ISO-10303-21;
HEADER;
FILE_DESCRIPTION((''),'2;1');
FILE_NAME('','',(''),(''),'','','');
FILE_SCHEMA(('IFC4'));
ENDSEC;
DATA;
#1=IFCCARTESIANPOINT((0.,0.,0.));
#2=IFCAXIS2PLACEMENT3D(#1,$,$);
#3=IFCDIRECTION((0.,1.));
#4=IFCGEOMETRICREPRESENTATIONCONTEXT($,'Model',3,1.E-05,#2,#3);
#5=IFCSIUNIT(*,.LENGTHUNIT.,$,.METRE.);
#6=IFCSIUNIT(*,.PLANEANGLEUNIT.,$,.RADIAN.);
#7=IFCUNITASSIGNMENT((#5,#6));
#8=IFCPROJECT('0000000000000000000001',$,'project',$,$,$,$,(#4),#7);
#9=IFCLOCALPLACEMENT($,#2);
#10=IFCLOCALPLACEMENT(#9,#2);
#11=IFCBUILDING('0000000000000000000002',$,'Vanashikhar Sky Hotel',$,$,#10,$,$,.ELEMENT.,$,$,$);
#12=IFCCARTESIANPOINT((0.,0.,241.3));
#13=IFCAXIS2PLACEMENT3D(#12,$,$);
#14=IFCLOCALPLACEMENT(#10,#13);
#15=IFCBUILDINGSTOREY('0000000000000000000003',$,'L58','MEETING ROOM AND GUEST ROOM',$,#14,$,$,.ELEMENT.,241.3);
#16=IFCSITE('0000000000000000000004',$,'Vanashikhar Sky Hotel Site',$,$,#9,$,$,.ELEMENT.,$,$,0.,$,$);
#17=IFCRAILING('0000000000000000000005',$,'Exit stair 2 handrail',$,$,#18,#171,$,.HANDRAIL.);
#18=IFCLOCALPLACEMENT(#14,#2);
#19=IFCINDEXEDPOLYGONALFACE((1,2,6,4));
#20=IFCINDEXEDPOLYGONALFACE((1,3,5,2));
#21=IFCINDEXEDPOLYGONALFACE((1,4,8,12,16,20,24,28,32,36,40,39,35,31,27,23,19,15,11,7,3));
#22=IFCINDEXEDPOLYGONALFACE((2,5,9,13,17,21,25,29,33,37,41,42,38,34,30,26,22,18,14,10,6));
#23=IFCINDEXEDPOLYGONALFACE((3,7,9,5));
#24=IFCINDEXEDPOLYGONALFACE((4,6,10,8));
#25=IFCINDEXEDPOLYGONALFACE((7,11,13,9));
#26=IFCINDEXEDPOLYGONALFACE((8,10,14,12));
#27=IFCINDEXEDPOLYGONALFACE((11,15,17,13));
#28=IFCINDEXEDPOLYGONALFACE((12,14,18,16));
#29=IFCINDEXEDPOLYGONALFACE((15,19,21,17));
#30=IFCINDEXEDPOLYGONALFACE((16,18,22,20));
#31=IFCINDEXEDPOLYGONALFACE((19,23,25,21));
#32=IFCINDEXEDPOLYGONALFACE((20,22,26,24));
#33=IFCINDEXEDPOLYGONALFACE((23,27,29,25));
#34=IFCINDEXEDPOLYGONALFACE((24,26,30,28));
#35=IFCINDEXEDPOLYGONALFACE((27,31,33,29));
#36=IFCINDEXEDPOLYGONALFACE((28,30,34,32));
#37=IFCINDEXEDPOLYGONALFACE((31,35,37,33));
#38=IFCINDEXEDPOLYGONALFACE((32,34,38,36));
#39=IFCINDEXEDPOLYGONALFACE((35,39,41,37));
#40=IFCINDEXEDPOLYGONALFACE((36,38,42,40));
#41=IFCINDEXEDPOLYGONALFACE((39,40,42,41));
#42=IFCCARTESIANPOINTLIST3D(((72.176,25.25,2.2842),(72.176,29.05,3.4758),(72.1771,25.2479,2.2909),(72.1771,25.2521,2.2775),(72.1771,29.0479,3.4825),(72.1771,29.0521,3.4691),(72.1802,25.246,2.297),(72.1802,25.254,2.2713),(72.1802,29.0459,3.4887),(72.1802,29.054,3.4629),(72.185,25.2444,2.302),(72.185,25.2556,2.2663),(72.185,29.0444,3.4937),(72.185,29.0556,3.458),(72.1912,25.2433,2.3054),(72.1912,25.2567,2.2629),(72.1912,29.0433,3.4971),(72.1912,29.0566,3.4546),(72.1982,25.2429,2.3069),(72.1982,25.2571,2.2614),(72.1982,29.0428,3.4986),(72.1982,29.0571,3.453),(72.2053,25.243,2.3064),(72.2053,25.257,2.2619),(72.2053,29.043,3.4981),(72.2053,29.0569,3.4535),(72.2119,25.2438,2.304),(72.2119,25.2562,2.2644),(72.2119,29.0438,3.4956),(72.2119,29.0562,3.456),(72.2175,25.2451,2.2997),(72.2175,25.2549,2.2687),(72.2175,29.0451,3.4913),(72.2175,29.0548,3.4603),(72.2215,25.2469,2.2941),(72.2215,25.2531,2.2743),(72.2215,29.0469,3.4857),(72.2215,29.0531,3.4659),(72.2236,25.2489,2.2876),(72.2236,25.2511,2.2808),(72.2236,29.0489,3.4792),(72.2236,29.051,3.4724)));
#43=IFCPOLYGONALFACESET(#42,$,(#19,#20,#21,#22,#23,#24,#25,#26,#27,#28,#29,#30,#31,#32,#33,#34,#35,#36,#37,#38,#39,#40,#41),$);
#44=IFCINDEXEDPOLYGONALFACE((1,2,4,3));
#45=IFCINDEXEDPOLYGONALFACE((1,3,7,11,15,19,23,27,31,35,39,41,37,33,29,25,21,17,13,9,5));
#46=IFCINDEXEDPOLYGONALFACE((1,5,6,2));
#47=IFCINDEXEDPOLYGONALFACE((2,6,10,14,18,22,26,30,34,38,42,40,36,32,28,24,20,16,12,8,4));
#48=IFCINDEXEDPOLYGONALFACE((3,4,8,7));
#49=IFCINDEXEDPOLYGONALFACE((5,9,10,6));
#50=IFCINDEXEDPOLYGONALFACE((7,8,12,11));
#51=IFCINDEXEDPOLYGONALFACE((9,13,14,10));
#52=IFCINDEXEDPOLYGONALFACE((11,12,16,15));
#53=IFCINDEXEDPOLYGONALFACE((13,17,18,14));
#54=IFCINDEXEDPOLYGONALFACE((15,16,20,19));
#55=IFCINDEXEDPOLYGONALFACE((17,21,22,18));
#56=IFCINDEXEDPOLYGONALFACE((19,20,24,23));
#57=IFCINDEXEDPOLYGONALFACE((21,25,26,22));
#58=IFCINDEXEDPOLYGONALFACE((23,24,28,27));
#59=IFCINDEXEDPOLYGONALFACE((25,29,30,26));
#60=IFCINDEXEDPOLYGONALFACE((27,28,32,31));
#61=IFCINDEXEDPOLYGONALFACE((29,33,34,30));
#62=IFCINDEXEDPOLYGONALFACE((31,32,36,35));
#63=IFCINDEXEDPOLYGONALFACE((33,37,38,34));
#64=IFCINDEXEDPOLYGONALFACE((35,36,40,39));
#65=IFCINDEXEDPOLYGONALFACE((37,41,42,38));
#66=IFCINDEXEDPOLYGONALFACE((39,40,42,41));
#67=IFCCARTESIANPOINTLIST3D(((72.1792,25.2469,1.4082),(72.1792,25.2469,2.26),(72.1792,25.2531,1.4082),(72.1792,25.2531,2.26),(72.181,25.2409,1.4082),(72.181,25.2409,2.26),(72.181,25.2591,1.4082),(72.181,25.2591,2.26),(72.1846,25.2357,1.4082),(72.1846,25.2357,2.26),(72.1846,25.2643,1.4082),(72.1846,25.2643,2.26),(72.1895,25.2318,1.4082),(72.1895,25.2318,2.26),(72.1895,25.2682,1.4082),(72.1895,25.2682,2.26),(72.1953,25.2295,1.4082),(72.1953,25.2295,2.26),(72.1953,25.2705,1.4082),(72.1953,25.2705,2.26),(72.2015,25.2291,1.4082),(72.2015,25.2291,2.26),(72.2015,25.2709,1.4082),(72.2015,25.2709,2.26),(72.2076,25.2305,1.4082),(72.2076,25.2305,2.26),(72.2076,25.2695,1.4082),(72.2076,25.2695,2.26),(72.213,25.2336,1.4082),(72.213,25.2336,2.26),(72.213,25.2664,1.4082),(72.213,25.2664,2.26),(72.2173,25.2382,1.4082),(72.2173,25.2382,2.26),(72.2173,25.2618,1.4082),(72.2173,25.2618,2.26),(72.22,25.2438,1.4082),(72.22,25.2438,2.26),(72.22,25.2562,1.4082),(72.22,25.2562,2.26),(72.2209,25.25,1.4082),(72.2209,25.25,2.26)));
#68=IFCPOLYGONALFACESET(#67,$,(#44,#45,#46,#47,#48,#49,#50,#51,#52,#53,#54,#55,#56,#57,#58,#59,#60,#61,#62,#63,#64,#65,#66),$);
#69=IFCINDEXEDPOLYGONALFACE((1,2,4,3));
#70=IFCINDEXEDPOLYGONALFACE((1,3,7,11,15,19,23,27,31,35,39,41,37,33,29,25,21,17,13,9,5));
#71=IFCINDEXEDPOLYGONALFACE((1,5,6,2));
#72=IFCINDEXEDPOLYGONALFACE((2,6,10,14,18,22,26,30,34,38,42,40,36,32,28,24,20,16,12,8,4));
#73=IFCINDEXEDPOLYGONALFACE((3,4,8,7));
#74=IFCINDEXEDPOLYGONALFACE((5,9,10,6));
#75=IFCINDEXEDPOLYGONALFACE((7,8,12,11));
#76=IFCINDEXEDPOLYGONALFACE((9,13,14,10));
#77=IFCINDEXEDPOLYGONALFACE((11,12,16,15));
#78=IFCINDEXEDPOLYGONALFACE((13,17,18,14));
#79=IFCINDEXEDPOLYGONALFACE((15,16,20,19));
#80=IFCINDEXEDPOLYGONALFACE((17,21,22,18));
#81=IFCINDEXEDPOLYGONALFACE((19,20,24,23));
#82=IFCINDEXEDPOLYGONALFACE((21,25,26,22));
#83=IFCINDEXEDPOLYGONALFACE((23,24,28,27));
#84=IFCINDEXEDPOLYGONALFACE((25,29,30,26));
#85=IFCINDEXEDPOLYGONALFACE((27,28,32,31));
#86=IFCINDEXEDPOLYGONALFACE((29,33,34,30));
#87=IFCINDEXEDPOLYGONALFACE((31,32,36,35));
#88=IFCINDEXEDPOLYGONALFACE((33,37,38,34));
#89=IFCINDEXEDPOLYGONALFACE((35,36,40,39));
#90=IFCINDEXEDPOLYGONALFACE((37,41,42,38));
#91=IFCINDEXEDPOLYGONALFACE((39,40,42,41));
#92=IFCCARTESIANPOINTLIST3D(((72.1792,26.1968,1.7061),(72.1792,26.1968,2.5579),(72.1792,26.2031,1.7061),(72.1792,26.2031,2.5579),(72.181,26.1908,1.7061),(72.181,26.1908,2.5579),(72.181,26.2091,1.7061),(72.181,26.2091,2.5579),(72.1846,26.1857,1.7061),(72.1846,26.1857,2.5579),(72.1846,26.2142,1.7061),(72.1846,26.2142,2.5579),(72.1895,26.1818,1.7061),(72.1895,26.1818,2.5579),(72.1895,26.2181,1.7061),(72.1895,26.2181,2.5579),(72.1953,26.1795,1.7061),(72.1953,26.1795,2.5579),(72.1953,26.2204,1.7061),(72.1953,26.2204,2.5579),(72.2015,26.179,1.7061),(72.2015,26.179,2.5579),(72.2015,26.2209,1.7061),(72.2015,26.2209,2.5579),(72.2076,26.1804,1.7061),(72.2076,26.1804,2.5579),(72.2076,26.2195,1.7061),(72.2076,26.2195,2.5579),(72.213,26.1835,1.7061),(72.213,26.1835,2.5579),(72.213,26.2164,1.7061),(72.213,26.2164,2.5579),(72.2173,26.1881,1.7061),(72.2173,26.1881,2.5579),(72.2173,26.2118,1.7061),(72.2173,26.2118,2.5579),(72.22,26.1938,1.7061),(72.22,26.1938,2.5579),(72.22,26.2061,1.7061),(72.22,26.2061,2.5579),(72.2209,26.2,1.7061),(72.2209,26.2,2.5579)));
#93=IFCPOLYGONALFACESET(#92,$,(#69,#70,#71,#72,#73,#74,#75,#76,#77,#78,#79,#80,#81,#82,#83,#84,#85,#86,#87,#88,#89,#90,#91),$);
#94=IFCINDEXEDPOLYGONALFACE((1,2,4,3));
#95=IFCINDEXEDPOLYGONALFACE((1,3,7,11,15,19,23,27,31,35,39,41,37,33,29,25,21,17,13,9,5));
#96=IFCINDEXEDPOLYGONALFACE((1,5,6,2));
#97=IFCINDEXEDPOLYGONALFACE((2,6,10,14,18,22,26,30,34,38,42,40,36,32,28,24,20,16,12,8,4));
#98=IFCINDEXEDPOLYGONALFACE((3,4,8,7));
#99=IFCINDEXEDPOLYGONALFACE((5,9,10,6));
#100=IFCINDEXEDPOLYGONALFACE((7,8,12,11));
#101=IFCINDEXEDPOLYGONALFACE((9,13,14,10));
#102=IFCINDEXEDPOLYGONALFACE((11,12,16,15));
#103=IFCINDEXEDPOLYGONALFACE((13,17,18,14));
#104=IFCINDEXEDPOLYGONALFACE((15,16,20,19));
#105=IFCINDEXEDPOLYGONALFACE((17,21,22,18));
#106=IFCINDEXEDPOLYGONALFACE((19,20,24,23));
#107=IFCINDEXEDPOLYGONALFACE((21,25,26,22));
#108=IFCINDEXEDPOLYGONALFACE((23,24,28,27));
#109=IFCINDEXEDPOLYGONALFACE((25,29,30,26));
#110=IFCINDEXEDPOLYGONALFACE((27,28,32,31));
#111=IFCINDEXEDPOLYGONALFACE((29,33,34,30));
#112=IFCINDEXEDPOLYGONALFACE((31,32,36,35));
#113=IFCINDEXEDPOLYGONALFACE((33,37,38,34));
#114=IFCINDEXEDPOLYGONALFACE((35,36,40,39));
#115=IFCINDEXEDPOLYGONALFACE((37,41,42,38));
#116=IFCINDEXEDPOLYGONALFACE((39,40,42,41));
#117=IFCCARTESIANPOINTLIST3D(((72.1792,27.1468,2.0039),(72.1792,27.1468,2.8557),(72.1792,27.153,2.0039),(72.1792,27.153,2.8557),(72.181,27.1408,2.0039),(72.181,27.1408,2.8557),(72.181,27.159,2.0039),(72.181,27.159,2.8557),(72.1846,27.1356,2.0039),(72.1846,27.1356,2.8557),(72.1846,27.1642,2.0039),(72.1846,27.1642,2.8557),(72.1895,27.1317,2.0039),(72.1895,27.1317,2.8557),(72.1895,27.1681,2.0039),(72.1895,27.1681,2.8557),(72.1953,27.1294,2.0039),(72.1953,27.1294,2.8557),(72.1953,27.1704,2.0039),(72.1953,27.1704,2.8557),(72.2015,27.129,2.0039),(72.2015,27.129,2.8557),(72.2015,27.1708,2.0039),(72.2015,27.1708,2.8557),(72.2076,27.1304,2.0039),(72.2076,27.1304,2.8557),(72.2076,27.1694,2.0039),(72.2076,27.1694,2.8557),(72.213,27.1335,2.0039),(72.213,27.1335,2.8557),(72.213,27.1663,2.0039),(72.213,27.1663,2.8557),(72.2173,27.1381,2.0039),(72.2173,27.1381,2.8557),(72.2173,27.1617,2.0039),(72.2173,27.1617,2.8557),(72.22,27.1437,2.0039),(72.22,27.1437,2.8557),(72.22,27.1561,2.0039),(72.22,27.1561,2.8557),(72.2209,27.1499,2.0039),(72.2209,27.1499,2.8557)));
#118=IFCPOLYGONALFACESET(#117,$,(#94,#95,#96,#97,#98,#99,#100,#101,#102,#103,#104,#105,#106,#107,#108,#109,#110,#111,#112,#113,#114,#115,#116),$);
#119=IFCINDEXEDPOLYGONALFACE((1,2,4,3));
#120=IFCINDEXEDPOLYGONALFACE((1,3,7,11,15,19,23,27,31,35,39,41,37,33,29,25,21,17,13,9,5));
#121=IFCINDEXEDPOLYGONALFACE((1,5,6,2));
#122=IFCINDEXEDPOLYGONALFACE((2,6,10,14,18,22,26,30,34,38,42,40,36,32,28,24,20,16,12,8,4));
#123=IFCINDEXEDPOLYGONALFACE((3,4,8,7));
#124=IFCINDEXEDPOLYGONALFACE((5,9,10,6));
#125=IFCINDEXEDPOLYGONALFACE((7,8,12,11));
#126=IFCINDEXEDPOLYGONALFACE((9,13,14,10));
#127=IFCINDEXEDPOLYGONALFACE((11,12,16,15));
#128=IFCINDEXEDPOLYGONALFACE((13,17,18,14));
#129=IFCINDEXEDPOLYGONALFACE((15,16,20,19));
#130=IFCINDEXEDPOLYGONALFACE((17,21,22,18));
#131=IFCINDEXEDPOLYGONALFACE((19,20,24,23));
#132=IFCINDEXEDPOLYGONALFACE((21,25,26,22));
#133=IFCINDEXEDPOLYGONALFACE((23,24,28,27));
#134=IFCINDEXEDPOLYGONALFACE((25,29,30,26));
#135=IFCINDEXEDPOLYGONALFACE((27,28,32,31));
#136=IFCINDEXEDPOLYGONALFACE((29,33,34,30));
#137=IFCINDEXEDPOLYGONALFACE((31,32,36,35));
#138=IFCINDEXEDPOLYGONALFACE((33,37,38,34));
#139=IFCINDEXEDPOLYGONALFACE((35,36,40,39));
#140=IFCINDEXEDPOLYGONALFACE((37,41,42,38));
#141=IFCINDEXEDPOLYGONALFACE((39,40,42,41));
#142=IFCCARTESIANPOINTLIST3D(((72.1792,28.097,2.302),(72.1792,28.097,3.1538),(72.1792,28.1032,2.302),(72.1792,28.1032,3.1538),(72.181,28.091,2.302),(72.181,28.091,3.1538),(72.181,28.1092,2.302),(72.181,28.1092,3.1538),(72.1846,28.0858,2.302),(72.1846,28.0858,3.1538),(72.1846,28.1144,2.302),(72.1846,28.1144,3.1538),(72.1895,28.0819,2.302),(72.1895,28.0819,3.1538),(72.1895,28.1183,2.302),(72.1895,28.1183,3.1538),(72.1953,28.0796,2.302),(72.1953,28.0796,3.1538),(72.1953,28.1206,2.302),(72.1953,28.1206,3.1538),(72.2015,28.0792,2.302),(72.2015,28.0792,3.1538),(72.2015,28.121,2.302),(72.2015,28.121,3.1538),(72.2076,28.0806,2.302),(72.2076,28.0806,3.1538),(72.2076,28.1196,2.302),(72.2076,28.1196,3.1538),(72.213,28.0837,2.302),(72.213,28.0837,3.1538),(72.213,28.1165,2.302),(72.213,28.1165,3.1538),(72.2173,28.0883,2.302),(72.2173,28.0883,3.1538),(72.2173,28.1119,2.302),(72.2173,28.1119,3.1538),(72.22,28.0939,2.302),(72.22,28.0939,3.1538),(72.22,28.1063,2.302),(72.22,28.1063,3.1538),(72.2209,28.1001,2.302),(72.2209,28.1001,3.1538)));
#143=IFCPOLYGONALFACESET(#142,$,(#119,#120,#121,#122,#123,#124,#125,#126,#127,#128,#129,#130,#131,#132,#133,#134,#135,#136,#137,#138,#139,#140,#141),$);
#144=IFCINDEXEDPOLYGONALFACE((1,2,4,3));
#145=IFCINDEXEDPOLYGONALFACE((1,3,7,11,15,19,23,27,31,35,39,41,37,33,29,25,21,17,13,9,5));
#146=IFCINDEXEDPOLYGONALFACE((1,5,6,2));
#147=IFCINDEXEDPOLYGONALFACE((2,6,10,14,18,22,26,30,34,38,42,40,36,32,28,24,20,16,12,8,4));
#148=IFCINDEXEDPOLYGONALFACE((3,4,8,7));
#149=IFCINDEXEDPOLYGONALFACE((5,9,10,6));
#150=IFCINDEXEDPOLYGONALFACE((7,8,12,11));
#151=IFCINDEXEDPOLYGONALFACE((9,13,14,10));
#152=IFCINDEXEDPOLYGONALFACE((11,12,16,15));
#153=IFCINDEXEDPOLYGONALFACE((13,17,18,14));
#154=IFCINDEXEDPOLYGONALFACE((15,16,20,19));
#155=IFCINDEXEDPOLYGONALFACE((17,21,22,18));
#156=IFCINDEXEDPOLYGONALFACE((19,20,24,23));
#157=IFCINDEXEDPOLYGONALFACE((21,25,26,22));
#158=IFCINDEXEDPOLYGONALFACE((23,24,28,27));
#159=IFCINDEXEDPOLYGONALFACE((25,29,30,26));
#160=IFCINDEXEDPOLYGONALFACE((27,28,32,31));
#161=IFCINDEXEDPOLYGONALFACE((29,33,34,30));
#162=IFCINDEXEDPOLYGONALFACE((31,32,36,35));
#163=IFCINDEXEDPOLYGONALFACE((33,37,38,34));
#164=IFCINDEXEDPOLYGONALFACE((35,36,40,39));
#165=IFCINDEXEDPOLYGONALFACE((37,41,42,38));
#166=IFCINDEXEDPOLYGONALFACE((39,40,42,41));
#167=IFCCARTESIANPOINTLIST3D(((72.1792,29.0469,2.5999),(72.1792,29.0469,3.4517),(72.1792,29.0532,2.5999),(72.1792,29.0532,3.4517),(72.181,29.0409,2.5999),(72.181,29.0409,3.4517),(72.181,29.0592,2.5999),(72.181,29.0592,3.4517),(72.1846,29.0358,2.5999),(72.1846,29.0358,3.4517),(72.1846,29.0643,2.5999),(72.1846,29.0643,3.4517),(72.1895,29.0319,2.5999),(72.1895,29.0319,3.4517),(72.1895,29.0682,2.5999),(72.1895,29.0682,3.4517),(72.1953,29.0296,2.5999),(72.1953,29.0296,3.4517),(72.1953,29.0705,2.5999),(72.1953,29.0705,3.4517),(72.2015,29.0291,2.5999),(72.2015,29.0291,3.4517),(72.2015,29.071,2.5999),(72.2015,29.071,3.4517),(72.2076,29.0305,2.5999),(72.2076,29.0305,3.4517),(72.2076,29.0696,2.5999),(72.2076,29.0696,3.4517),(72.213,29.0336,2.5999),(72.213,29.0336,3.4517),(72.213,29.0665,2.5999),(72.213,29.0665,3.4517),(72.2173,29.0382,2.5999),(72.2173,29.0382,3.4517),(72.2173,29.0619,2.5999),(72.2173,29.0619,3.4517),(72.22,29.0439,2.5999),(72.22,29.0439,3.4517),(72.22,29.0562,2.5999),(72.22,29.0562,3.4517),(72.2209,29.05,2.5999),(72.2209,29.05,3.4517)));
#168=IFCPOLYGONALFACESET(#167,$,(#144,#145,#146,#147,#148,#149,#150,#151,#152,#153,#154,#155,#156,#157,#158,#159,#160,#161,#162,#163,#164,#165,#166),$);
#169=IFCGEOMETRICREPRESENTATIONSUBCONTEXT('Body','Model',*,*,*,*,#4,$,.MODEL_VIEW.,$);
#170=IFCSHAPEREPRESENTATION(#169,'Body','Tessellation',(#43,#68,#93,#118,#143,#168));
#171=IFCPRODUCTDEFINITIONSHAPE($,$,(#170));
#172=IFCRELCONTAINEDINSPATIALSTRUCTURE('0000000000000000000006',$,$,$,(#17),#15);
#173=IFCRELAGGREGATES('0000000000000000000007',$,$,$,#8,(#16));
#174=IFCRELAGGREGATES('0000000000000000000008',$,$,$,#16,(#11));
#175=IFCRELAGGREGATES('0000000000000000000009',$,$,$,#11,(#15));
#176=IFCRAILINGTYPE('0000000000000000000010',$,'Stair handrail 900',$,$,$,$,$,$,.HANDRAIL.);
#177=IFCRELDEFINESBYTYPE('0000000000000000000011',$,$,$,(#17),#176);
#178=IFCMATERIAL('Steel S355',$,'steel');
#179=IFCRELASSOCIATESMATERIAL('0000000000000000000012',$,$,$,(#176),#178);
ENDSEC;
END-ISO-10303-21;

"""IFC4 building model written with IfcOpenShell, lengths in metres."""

from ifc_helpers import new_model, si_unit, direction, frame, origin, origin_2d, place, context, subcontext, project, spatial, circle, extrude, source, transform, mapped, material, type_object, element, save


model = new_model("IFC4")

# Units and contexts
model_context = context("Model", 3, precision=1e-05, world=origin(), true_north=direction((0.0, 1.0)))
body_context = subcontext(model_context, "Body", "Model", "MODEL_VIEW")
ifc_project = project(units=[si_unit("LENGTHUNIT", "METRE"), si_unit("PLANEANGLEUNIT", "RADIAN")], contexts=[model_context])

# Site, building, storey
site_placement = place(None, origin())
site = spatial("IfcSite", under=ifc_project, at=site_placement, Name="Vanashikhar Sky Hotel Site", CompositionType="ELEMENT", RefElevation=0.0)
building_placement = place(site_placement, origin())
building = spatial("IfcBuilding", under=site, at=building_placement, Name="Vanashikhar Sky Hotel", CompositionType="ELEMENT")
storey_placement = place(building_placement, frame((0.0, 0.0, 241.3)))
storey = spatial("IfcBuildingStorey", under=building, at=storey_placement, Name="L58", Description="MEETING ROOM AND GUEST ROOM", CompositionType="ELEMENT", Elevation=241.3)

# Railing
ifc_material_1 = material(Name="Steel S355", Category="steel")
railing_type_1 = type_object("IfcRailingType", Name="Stair handrail 900", PredefinedType="HANDRAIL", material=ifc_material_1)
shared_shape_1 = source(origin(), body_context, "Body", "SweptSolid", [
    extrude(circle(Radius=0.0239, at=origin_2d()), frame((0.0, 0.0, 0.876), z_axis=(0.0, 0.954184, 0.299221), x_axis=(-1.0, 0.0, 0.0)), (0.0, 0.0, 1.0), 3.9824),
    extrude(circle(Radius=0.021, at=origin_2d()), origin(), (0.0, 0.0, 1.0), 0.8518),
    extrude(circle(Radius=0.021, at=origin_2d()), frame((0.0, 0.95, 0.2979)), (0.0, 0.0, 1.0), 0.8518),
    extrude(circle(Radius=0.021, at=origin_2d()), frame((0.0, 1.8999, 0.5957)), (0.0, 0.0, 1.0), 0.8518),
    extrude(circle(Radius=0.021, at=origin_2d()), frame((0.0, 2.8501, 0.8938)), (0.0, 0.0, 1.0), 0.8518),
    extrude(circle(Radius=0.021, at=origin_2d()), frame((0.0, 3.8, 1.1917)), (0.0, 0.0, 1.0), 0.8518),
])
railing_1_placement = place(storey_placement, frame((72.2, 25.25, 1.4082)))
element("IfcRailing", 1, at=railing_1_placement, inside=storey, type_object=railing_type_1, Name="Exit stair 2 handrail", PredefinedType="HANDRAIL", context=body_context, shape_type="MappedRepresentation", body=[
    mapped(shared_shape_1, transform((0.0, 0.0, 0.0), scale=1.0)),
])

save(model, "model.ifc")
